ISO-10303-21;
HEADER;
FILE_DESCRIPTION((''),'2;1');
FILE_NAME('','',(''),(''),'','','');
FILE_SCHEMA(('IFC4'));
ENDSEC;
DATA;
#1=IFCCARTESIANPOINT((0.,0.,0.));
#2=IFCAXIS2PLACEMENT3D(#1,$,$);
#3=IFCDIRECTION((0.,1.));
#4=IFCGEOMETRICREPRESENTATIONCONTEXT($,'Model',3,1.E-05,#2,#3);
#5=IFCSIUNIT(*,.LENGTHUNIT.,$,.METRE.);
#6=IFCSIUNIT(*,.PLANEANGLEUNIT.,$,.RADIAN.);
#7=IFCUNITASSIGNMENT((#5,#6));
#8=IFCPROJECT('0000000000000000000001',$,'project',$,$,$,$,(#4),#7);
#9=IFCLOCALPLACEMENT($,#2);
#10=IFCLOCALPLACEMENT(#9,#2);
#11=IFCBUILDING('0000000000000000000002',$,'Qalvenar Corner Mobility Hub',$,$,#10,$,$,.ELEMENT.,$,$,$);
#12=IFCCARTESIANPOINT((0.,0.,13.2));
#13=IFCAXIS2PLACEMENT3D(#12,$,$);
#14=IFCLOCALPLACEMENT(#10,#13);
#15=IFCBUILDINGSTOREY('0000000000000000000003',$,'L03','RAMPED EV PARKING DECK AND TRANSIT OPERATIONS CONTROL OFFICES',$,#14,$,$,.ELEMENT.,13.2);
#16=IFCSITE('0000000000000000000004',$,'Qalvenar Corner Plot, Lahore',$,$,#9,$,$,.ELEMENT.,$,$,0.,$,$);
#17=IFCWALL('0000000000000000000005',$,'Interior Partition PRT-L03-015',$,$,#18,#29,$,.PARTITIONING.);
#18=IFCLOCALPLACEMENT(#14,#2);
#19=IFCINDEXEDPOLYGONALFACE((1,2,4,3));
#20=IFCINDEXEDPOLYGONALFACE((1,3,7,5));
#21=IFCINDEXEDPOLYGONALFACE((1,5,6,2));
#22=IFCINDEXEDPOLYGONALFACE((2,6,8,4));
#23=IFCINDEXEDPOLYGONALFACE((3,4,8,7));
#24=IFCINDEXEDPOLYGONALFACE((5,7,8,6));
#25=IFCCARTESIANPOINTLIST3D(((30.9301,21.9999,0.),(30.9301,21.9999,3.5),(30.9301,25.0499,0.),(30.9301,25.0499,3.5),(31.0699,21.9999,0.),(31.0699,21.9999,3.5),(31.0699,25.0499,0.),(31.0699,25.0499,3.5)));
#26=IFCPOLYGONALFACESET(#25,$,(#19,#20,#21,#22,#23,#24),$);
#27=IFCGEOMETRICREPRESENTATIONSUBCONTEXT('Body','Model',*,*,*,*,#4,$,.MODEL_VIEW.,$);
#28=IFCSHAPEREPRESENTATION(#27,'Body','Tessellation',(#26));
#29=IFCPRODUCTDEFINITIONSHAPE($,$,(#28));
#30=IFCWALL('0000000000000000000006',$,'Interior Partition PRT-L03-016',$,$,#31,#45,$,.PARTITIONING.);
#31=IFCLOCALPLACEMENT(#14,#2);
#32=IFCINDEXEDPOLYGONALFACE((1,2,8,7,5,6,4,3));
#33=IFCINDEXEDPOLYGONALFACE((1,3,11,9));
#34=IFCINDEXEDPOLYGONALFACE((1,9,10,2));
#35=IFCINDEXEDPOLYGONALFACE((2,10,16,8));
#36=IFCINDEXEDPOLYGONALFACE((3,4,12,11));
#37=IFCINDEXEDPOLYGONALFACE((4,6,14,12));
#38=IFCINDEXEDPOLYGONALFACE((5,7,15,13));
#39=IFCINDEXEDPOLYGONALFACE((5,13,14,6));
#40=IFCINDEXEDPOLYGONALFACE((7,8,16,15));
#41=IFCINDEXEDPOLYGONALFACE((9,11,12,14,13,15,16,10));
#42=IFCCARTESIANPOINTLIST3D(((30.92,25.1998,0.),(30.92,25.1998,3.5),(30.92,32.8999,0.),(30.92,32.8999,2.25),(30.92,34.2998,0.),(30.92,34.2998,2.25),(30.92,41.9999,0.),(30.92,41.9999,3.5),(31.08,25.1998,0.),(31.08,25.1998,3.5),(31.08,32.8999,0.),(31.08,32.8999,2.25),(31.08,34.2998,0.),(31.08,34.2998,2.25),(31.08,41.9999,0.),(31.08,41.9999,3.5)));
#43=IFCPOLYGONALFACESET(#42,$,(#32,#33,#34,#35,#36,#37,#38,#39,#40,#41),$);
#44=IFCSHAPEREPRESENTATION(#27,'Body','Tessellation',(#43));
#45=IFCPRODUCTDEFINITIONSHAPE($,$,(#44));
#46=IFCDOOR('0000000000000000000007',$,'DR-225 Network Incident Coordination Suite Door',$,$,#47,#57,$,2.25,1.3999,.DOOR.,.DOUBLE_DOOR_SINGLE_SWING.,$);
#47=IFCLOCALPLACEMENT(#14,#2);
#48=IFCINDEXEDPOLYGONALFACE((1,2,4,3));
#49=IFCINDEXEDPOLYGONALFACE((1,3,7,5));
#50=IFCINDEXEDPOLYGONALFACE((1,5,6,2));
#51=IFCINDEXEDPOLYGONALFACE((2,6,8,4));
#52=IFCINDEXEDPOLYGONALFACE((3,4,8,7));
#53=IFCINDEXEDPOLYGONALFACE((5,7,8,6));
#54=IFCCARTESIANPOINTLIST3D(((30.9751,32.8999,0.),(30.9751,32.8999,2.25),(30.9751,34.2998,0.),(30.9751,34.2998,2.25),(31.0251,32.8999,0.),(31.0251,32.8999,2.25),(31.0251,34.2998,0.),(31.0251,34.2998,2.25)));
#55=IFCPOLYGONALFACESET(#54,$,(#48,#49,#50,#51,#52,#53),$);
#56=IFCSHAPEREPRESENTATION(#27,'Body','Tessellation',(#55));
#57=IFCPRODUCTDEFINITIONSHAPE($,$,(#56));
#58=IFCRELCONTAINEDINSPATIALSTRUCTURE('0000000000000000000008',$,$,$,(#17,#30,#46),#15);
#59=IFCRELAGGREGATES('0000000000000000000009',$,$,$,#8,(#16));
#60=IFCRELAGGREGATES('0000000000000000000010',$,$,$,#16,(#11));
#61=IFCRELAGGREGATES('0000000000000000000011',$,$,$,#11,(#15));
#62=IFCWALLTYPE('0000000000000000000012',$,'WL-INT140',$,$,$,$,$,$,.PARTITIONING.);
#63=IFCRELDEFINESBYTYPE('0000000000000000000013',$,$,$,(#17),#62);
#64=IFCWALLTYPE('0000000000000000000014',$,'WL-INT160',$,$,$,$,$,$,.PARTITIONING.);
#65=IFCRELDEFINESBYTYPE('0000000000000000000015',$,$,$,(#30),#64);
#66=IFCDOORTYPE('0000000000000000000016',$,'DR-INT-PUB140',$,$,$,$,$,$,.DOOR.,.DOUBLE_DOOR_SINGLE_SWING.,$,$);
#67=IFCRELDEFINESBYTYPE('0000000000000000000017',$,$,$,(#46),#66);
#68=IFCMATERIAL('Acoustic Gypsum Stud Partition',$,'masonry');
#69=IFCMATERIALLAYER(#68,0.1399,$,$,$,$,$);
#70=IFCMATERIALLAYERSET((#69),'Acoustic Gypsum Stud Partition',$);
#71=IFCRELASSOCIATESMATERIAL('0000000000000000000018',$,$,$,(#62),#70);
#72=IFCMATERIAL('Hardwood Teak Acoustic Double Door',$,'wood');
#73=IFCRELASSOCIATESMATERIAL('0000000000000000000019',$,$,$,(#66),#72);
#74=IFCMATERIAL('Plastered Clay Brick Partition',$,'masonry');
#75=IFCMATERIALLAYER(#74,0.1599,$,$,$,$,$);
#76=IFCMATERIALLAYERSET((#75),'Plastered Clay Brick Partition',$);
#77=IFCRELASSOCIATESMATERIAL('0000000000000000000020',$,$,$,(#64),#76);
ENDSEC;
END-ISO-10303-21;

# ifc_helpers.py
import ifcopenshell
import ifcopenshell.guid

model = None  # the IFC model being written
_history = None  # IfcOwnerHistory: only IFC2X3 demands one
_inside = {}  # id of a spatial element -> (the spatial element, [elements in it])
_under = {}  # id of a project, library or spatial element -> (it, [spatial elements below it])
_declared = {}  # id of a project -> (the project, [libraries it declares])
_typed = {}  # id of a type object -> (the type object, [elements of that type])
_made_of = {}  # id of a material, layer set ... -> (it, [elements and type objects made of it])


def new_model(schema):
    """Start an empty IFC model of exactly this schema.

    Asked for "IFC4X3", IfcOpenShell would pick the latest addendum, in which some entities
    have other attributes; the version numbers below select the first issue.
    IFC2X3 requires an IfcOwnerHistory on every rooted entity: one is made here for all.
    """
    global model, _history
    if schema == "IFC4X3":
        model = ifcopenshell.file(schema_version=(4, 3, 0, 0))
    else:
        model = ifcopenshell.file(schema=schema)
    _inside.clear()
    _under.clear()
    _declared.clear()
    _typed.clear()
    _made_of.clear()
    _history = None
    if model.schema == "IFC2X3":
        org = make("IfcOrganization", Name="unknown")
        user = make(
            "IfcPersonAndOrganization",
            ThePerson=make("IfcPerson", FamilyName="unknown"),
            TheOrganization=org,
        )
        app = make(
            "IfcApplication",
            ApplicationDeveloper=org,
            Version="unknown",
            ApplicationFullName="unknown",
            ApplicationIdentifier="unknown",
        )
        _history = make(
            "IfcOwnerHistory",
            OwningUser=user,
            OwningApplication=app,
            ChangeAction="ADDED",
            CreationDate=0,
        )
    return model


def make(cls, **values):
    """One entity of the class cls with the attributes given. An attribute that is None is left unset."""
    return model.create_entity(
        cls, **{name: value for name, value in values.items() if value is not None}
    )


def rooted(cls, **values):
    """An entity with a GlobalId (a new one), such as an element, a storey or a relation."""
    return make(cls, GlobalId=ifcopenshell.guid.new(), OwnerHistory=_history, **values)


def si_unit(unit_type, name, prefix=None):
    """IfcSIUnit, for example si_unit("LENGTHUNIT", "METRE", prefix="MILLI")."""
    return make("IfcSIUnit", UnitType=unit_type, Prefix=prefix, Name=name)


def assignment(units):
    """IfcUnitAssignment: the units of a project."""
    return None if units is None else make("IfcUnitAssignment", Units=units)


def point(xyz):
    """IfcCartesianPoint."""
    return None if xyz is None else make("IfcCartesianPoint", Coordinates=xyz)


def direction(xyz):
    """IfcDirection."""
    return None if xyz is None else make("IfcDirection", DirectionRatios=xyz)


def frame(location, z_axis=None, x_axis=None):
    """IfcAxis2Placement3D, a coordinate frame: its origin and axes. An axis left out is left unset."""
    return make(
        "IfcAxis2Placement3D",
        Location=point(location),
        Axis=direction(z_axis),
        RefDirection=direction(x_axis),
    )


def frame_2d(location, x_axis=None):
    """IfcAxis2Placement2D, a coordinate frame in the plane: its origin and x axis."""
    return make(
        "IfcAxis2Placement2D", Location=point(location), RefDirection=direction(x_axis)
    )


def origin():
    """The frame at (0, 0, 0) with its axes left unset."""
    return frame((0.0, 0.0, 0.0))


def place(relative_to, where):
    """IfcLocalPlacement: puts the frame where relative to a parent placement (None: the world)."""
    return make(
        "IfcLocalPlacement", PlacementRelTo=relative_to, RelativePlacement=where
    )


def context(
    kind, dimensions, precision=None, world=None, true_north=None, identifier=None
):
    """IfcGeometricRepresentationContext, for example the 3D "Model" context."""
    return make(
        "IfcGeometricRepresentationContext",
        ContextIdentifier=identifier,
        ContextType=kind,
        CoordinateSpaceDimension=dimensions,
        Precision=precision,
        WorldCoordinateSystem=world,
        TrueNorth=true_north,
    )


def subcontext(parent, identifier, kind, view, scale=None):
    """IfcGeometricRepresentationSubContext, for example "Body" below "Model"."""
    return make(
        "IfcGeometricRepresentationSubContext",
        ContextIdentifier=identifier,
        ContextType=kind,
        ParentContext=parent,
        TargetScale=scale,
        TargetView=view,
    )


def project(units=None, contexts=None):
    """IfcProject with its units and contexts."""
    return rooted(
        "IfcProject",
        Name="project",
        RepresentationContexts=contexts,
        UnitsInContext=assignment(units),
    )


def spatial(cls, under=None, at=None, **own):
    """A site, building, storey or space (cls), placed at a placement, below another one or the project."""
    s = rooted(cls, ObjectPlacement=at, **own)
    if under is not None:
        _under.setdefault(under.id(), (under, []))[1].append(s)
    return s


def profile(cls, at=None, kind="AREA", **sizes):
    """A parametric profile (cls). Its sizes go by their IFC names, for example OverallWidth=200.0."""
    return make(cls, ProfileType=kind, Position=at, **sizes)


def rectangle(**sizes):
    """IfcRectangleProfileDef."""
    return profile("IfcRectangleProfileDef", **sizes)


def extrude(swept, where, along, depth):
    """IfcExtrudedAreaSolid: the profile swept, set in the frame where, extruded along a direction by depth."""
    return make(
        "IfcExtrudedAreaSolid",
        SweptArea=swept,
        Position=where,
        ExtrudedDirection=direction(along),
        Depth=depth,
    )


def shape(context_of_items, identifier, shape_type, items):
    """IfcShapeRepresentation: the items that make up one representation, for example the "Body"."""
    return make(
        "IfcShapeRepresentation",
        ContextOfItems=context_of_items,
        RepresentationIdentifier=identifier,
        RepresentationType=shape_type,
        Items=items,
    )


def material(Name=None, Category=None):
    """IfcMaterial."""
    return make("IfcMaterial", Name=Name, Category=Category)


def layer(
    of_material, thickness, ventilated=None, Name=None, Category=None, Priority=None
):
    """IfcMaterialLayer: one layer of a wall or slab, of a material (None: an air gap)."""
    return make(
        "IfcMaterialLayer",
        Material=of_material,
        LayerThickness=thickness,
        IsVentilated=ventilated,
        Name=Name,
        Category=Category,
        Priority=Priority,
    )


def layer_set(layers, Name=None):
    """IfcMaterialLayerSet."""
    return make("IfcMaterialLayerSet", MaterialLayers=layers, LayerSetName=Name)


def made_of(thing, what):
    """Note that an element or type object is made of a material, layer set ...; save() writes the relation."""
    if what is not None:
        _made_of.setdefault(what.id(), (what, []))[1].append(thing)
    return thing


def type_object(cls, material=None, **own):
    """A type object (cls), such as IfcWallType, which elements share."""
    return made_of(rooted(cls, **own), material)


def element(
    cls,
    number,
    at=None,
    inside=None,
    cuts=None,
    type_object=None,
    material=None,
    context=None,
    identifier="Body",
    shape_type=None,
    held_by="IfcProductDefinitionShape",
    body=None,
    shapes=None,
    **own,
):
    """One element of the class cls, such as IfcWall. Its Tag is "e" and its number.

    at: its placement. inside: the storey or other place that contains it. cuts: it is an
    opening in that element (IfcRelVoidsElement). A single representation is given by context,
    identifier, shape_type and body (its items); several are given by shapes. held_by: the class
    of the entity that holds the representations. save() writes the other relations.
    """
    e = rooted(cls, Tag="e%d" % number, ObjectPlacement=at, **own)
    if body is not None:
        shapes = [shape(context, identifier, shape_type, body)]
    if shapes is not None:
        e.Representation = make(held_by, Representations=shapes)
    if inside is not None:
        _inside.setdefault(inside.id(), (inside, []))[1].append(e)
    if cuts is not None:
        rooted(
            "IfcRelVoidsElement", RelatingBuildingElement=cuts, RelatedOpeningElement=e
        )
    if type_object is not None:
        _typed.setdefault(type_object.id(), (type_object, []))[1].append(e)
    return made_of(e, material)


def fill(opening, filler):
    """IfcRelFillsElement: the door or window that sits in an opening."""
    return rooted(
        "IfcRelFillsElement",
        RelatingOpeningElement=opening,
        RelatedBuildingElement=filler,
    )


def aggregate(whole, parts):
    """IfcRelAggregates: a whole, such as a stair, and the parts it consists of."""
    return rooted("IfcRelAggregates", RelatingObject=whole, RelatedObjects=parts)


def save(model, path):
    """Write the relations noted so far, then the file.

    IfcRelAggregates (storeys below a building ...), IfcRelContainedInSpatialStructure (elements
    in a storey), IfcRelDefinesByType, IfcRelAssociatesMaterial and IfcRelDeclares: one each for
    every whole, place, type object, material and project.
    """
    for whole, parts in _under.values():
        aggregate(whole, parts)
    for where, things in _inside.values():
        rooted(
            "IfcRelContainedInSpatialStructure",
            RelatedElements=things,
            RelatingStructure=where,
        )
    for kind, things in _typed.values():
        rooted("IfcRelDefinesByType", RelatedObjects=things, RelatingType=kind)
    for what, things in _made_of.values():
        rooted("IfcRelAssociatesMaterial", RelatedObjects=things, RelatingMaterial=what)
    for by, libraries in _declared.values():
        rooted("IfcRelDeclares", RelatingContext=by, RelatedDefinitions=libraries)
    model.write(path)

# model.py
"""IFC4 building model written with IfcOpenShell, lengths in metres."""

from ifc_helpers import new_model, si_unit, direction, frame, frame_2d, origin, place, context, subcontext, project, spatial, rectangle, extrude, material, layer, layer_set, type_object, element, fill, save


model = new_model("IFC4")

# Units and contexts
model_context = context("Model", 3, precision=1e-05, world=origin(), true_north=direction((0.0, 1.0)))
body_context = subcontext(model_context, "Body", "Model", "MODEL_VIEW")
ifc_project = project(units=[si_unit("LENGTHUNIT", "METRE"), si_unit("PLANEANGLEUNIT", "RADIAN")], contexts=[model_context])

# Site, building, storey
site_placement = place(None, origin())
site = spatial("IfcSite", under=ifc_project, at=site_placement, Name="Qalvenar Corner Plot, Lahore", CompositionType="ELEMENT", RefElevation=0.0)
building_placement = place(site_placement, origin())
building = spatial("IfcBuilding", under=site, at=building_placement, Name="Qalvenar Corner Mobility Hub", CompositionType="ELEMENT")
storey_placement = place(building_placement, frame((0.0, 0.0, 13.2)))
storey = spatial("IfcBuildingStorey", under=building, at=storey_placement, Name="L03", Description="RAMPED EV PARKING DECK AND TRANSIT OPERATIONS CONTROL OFFICES", CompositionType="ELEMENT", Elevation=13.2)

# Shared definitions
ifc_material_1 = material(Name="Acoustic Gypsum Stud Partition", Category="masonry")
ifc_layer_1 = layer(ifc_material_1, 0.1399)
ifc_layer_set_1 = layer_set([ifc_layer_1], Name="Acoustic Gypsum Stud Partition")
wall_type_1 = type_object("IfcWallType", Name="WL-INT140", PredefinedType="PARTITIONING", material=ifc_layer_set_1)

# Shared definitions
ifc_material_2 = material(Name="Hardwood Teak Acoustic Double Door", Category="wood")
door_type_1 = type_object("IfcDoorType", Name="DR-INT-PUB140", OperationType="DOUBLE_DOOR_SINGLE_SWING", PredefinedType="DOOR", material=ifc_material_2)

# Wall
wall_1_placement = place(storey_placement, frame((31.0, 22.0, 0.0), z_axis=(0.0, 0.0, 1.0), x_axis=(0.0, 1.0, 0.0)))
element("IfcWall", 1, at=wall_1_placement, inside=storey, type_object=wall_type_1, Name="Interior Partition PRT-L03-015", PredefinedType="PARTITIONING", context=body_context, shape_type="SweptSolid", body=[
    extrude(rectangle(XDim=3.05, YDim=0.1399, at=frame_2d((1.5249, 0.0))), origin(), (0.0, 0.0, 1.0), 3.5),
])

# Wall, opening, door
ifc_material_3 = material(Name="Plastered Clay Brick Partition", Category="masonry")
ifc_layer_2 = layer(ifc_material_3, 0.1599)
ifc_layer_set_2 = layer_set([ifc_layer_2], Name="Plastered Clay Brick Partition")
wall_type_2 = type_object("IfcWallType", Name="WL-INT160", PredefinedType="PARTITIONING", material=ifc_layer_set_2)
wall_2_placement = place(storey_placement, frame((31.0, 25.2, 0.0), z_axis=(0.0, 0.0, 1.0), x_axis=(0.0, 1.0, 0.0)))
wall_2 = element("IfcWall", 2, at=wall_2_placement, inside=storey, type_object=wall_type_2, Name="Interior Partition PRT-L03-016", PredefinedType="PARTITIONING", context=body_context, shape_type="SweptSolid", body=[
    extrude(rectangle(XDim=16.8, YDim=0.1599, at=frame_2d((8.3999, 0.0))), origin(), (0.0, 0.0, 1.0), 3.5),
])
opening_1_placement = place(wall_2_placement, frame((7.7, 0.0, 0.0)))
opening_1 = element("IfcOpeningElement", 3, at=opening_1_placement, cuts=wall_2, PredefinedType="OPENING", context=body_context, shape_type="SweptSolid", body=[
    extrude(rectangle(XDim=1.3999, YDim=2.25, at=frame_2d((0.7, 1.125))), frame((0.0, 0.0898, 0.0), z_axis=(0.0, -1.0, 0.0), x_axis=(1.0, 0.0, 0.0)), (0.0, 0.0, 1.0), 0.1799),
])
door_1_placement = place(opening_1_placement, origin())
door_1 = element("IfcDoor", 4, at=door_1_placement, inside=storey, type_object=door_type_1, Name="DR-225 Network Incident Coordination Suite Door", OperationType="DOUBLE_DOOR_SINGLE_SWING", OverallHeight=2.25, OverallWidth=1.3999, PredefinedType="DOOR", context=body_context, shape_type="SweptSolid", body=[
    extrude(rectangle(XDim=1.3999, YDim=2.25, at=frame_2d((0.7, 1.125))), frame((0.0, 0.0249, 0.0), z_axis=(0.0, -1.0, 0.0), x_axis=(1.0, 0.0, 0.0)), (0.0, 0.0, 1.0), 0.05),
])
fill(opening_1, door_1)

save(model, "model.ifc")
